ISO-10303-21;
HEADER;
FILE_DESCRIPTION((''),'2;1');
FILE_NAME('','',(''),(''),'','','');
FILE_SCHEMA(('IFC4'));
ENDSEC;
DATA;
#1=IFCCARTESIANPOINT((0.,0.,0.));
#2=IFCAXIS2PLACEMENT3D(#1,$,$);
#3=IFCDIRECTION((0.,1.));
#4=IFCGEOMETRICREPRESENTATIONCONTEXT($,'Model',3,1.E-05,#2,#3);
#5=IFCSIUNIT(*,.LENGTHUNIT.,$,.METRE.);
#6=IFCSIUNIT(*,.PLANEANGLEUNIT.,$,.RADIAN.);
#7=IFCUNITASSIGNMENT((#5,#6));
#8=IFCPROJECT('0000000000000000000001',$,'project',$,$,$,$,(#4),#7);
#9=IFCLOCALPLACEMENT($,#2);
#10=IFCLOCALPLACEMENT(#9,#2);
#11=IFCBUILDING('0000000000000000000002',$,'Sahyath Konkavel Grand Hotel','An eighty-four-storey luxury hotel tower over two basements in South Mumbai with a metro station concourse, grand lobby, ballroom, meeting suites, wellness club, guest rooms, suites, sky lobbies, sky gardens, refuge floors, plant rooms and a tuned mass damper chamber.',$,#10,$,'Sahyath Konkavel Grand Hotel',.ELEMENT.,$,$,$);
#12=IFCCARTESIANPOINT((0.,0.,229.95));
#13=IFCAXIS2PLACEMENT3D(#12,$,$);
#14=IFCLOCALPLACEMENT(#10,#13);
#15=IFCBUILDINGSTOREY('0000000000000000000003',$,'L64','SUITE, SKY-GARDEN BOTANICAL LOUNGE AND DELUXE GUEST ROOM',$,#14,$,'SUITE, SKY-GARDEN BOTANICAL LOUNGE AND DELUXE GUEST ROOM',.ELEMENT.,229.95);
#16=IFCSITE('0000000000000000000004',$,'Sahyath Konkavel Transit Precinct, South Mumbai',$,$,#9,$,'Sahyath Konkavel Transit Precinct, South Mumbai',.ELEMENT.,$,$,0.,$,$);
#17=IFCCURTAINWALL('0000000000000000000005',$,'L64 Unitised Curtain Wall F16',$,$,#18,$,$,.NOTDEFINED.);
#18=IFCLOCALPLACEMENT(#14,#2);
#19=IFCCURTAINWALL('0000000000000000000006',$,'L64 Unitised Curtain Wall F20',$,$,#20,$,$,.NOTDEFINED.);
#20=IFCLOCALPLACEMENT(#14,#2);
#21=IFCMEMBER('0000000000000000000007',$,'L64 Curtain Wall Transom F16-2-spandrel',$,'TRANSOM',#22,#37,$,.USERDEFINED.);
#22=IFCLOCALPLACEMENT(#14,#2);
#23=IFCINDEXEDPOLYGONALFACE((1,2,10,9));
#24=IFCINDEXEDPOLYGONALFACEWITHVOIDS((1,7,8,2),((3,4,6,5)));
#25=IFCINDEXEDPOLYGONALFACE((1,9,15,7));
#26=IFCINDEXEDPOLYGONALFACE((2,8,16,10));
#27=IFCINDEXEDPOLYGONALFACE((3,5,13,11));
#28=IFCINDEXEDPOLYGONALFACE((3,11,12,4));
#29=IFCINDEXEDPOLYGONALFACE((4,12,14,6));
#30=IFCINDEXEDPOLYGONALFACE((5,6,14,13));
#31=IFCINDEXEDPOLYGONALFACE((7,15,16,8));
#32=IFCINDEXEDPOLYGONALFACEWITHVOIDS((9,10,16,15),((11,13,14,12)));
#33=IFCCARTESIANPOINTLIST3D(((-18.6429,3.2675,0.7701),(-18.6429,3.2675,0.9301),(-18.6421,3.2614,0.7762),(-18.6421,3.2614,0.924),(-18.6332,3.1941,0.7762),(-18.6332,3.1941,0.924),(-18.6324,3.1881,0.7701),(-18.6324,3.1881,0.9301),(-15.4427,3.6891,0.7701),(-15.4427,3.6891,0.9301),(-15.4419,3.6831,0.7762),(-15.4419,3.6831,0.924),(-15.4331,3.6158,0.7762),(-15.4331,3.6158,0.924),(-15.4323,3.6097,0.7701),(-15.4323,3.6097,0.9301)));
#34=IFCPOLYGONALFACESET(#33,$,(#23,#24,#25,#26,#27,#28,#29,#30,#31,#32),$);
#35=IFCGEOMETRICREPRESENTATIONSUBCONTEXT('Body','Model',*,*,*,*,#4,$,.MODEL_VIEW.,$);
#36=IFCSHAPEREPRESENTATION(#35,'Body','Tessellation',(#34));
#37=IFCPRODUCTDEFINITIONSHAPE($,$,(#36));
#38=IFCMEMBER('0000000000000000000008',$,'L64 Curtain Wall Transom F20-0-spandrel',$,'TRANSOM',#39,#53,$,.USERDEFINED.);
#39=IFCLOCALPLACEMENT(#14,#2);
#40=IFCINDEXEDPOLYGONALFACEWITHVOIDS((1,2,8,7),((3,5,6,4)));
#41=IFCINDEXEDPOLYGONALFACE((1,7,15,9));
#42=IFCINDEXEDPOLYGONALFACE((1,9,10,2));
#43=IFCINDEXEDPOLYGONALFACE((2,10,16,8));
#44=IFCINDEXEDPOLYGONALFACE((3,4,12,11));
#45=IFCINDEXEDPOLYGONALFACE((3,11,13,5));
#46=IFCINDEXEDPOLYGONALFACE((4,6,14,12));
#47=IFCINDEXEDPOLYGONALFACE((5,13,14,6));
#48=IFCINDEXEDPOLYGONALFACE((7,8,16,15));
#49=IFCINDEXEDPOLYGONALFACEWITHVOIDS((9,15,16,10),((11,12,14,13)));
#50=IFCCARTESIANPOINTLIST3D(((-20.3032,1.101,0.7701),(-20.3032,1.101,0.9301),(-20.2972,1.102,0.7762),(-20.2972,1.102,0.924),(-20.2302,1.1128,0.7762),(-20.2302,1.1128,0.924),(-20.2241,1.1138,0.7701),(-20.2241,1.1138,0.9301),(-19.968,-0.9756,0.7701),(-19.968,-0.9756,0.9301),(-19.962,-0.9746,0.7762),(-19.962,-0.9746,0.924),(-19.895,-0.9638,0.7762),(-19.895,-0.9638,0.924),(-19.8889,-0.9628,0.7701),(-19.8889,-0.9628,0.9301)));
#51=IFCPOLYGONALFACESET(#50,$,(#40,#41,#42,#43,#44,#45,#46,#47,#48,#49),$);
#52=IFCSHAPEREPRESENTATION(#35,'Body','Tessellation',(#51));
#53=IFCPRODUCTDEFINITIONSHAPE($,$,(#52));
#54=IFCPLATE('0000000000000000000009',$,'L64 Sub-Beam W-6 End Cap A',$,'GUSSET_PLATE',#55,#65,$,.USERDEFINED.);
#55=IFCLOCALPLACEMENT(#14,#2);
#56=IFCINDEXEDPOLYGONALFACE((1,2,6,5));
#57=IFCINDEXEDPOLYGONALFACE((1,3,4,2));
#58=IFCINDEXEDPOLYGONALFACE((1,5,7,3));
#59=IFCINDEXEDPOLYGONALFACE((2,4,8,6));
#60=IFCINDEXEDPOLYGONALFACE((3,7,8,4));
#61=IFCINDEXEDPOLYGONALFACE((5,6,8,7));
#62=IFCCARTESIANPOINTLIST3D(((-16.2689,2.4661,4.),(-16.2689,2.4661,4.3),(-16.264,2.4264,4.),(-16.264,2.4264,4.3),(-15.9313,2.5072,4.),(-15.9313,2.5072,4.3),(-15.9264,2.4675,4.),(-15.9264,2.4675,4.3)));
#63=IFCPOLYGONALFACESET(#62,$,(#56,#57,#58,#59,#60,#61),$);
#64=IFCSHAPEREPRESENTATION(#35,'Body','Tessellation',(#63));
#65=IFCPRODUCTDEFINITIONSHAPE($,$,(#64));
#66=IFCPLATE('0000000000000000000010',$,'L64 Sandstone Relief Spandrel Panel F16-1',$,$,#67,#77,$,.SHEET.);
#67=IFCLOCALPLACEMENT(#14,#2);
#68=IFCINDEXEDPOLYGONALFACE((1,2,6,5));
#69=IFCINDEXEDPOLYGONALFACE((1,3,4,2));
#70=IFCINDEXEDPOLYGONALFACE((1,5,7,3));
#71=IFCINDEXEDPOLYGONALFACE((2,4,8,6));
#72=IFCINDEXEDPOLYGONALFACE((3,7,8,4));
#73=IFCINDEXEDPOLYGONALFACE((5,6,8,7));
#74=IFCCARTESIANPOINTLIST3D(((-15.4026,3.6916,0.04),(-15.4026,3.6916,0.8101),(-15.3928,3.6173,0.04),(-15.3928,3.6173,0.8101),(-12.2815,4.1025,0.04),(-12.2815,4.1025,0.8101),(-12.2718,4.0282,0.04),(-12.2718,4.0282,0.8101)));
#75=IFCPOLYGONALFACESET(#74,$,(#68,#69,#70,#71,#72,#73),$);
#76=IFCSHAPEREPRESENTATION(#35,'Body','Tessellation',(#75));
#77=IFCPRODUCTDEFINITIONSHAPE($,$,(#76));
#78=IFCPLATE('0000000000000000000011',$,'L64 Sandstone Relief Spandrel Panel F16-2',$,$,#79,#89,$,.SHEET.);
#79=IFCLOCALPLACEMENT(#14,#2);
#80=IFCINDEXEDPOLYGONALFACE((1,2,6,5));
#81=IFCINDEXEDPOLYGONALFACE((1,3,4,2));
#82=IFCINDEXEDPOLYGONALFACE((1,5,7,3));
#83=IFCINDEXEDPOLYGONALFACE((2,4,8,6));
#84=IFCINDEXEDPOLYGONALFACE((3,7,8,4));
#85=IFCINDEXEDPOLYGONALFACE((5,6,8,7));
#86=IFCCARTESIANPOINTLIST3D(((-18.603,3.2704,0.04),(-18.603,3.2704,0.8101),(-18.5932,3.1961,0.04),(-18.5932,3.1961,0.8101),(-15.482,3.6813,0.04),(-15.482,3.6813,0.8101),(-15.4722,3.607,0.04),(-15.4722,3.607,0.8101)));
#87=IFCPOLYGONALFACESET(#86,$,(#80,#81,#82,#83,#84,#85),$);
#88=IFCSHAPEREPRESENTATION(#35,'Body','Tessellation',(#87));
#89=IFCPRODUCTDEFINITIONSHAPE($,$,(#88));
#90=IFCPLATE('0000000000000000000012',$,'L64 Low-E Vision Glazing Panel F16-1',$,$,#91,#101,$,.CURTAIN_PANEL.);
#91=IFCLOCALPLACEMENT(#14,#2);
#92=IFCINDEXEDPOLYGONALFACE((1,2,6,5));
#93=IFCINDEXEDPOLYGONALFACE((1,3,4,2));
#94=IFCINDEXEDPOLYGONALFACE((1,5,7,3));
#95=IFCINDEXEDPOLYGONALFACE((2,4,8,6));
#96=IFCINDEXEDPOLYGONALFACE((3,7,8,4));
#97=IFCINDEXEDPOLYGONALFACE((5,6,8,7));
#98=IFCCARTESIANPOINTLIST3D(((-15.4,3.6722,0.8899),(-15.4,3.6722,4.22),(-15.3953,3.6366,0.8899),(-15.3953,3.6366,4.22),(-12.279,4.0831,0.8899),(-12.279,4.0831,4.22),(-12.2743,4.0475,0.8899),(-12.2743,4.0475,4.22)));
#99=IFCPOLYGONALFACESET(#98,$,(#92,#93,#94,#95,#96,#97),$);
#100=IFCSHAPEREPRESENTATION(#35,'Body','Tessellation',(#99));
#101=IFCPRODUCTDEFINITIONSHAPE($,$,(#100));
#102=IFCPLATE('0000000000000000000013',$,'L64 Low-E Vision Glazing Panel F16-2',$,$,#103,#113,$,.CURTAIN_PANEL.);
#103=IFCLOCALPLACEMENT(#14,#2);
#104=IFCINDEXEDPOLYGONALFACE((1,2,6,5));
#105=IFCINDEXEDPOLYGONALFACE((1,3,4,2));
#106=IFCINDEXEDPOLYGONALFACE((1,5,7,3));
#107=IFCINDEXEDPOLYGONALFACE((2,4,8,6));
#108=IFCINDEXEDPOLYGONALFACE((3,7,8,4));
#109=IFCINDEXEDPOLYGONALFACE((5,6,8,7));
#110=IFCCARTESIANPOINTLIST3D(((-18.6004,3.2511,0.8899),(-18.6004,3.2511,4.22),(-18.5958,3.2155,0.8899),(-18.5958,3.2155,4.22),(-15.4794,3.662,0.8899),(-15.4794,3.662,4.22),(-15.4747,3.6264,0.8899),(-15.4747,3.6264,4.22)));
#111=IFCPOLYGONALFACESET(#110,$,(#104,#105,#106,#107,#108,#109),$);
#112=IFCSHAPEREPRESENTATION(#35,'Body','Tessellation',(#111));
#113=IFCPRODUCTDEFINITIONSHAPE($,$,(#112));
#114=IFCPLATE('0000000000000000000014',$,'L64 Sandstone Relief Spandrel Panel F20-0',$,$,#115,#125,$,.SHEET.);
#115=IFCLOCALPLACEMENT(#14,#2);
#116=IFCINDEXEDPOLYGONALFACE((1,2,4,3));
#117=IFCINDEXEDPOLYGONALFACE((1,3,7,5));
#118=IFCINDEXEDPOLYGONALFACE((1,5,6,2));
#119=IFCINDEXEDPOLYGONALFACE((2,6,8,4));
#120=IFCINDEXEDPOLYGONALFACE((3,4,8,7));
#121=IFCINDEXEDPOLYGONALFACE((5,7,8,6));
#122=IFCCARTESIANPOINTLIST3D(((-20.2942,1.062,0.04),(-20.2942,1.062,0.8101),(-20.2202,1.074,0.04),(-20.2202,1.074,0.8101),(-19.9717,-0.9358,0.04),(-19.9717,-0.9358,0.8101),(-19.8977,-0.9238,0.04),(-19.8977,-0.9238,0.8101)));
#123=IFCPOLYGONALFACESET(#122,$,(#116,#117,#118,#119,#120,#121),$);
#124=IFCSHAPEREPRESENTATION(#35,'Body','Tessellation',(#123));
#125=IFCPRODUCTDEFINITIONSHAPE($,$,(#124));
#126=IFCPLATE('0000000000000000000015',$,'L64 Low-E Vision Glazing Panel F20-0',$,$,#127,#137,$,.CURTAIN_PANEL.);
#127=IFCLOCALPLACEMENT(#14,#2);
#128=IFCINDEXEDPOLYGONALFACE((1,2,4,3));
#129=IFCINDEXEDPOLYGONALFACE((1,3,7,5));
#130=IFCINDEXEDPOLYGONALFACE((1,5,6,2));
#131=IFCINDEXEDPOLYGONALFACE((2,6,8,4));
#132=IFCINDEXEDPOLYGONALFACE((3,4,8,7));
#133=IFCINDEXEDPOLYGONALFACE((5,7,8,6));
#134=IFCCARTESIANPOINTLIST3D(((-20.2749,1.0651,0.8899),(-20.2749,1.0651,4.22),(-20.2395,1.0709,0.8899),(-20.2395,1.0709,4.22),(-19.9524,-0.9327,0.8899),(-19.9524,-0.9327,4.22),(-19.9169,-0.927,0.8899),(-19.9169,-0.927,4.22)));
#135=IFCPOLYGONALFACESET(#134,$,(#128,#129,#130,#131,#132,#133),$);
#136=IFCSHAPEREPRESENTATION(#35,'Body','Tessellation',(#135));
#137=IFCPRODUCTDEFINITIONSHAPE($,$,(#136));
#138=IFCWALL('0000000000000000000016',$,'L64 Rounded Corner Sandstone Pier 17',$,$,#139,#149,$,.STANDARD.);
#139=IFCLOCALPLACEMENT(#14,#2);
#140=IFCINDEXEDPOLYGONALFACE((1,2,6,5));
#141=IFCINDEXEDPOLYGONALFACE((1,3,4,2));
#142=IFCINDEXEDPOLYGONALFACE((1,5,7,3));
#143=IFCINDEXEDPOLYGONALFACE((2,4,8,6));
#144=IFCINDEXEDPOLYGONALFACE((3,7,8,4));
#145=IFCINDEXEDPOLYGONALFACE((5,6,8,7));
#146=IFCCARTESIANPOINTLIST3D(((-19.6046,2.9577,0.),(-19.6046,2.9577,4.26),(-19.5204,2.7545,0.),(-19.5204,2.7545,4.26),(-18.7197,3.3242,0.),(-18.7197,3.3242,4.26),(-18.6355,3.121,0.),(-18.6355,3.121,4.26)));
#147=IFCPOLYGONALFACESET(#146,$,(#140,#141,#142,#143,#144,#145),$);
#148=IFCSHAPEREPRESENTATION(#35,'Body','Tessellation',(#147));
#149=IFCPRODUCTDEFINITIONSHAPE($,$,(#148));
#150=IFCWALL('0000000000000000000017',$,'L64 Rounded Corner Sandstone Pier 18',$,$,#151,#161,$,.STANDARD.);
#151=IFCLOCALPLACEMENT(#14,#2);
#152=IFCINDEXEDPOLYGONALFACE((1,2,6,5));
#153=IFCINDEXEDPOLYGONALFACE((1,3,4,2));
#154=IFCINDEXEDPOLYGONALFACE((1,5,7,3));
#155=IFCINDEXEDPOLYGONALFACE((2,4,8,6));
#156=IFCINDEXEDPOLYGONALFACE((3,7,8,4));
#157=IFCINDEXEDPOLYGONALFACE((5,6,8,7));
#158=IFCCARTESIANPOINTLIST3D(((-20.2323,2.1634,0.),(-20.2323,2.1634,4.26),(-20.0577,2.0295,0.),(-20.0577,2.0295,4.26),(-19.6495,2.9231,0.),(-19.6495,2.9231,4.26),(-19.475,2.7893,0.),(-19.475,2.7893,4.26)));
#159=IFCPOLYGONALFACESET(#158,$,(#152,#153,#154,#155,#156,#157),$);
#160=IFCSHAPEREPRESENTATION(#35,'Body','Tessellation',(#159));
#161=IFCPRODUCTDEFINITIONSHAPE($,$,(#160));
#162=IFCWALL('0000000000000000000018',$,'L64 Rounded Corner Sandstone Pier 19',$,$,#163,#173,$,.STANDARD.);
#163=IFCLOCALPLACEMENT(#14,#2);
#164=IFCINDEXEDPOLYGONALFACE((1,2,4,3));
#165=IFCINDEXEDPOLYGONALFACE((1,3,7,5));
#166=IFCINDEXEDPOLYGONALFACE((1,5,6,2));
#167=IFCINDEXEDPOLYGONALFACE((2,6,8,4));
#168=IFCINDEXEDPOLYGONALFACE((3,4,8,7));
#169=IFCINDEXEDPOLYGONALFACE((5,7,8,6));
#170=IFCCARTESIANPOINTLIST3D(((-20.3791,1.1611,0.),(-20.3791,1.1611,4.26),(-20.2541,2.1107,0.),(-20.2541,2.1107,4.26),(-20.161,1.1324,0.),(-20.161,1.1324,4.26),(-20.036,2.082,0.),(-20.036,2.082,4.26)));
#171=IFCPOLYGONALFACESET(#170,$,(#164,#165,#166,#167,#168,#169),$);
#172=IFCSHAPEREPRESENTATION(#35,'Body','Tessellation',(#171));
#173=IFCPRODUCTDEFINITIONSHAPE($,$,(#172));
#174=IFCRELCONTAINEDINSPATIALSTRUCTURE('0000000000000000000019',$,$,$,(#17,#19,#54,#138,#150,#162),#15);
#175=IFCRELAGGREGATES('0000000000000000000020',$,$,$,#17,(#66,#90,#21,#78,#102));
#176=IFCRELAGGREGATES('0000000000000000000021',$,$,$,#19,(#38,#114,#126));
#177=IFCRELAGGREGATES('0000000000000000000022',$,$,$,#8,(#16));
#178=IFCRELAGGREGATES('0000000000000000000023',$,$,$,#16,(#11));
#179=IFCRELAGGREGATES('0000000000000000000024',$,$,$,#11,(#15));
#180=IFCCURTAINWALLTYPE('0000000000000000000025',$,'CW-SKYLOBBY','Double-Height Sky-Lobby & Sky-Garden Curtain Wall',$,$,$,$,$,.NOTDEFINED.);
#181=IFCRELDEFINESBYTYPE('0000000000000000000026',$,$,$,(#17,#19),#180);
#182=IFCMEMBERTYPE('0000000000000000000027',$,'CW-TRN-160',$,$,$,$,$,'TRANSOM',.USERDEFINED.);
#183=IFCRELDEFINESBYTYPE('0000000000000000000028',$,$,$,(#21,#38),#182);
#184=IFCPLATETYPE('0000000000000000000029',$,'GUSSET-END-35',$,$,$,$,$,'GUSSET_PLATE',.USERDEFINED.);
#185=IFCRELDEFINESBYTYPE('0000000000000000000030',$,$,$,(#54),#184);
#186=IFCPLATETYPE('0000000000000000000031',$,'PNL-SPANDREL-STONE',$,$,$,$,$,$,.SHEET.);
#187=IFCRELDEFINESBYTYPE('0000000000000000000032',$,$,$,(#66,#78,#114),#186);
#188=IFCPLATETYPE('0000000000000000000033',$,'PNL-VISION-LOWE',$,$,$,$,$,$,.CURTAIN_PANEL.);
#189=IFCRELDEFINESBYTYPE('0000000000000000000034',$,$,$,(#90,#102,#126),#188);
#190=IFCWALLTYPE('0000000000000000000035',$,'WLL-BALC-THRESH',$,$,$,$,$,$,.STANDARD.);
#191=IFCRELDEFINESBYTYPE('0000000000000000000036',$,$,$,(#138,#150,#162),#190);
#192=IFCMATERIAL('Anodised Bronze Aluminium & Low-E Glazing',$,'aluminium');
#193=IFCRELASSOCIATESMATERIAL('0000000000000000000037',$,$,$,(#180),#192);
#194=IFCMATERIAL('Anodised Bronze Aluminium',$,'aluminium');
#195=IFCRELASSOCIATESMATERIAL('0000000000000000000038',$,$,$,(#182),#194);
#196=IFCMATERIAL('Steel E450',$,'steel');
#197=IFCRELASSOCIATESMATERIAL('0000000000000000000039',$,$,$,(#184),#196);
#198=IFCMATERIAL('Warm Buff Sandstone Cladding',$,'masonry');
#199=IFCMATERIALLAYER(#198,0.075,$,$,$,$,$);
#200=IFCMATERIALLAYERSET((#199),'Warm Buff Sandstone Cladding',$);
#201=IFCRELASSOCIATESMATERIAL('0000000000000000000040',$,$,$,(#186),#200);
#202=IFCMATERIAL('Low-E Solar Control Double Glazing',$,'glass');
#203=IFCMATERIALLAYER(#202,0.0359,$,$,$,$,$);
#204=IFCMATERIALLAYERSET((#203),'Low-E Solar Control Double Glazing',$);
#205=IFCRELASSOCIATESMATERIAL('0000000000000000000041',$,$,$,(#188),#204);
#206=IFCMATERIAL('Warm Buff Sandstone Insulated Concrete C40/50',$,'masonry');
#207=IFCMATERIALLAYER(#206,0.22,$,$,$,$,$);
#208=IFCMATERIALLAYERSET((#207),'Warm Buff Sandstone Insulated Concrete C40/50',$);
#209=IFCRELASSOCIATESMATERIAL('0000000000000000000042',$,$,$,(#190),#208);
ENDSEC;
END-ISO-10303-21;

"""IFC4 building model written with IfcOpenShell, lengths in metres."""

from ifc_helpers import new_model, si_unit, direction, frame, frame_2d, origin, origin_2d, place, context, subcontext, project, spatial, rectangle, hollow_rectangle, extrude, source, transform, mapped, material, layer, layer_set, material_profile, profile_set, type_object, element, aggregate, save


model = new_model("IFC4")

# Units and contexts
model_context = context("Model", 3, precision=1e-05, world=origin(), true_north=direction((0.0, 1.0)))
body_context = subcontext(model_context, "Body", "Model", "MODEL_VIEW")
ifc_project = project(units=[si_unit("LENGTHUNIT", "METRE"), si_unit("PLANEANGLEUNIT", "RADIAN")], contexts=[model_context])

# Site, building, storey
site_placement = place(None, origin())
site = spatial("IfcSite", under=ifc_project, at=site_placement, Name="Sahyath Konkavel Transit Precinct, South Mumbai", LongName="Sahyath Konkavel Transit Precinct, South Mumbai", CompositionType="ELEMENT", RefElevation=0.0)
building_placement = place(site_placement, origin())
building = spatial("IfcBuilding", under=site, at=building_placement, Name="Sahyath Konkavel Grand Hotel", Description="An eighty-four-storey luxury hotel tower over two basements in South Mumbai with a metro station concourse, grand lobby, ballroom, meeting suites, wellness club, guest rooms, suites, sky lobbies, sky gardens, refuge floors, plant rooms and a tuned mass damper chamber.", LongName="Sahyath Konkavel Grand Hotel", CompositionType="ELEMENT")
storey_placement = place(building_placement, frame((0.0, 0.0, 229.95)))
storey = spatial("IfcBuildingStorey", under=building, at=storey_placement, Name="L64", Description="SUITE, SKY-GARDEN BOTANICAL LOUNGE AND DELUXE GUEST ROOM", LongName="SUITE, SKY-GARDEN BOTANICAL LOUNGE AND DELUXE GUEST ROOM", CompositionType="ELEMENT", Elevation=229.95)

# Curtain wall
ifc_material_1 = material(Name="Anodised Bronze Aluminium & Low-E Glazing", Category="aluminium")
curtain_wall_type = type_object("IfcCurtainWallType", Name="CW-SKYLOBBY", Description="Double-Height Sky-Lobby & Sky-Garden Curtain Wall", PredefinedType="NOTDEFINED", material=ifc_material_1)
curtain_wall_1_placement = place(storey_placement, origin())
curtain_wall_1 = element("IfcCurtainWall", 1, at=curtain_wall_1_placement, inside=storey, type_object=curtain_wall_type, Name="L64 Unitised Curtain Wall F16", PredefinedType="NOTDEFINED")
ifc_material_2 = material(Name="Anodised Bronze Aluminium", Category="aluminium")

# Curtain wall
curtain_wall_2_placement = place(storey_placement, origin())
curtain_wall_2 = element("IfcCurtainWall", 2, at=curtain_wall_2_placement, inside=storey, type_object=curtain_wall_type, Name="L64 Unitised Curtain Wall F20", PredefinedType="NOTDEFINED")

# Members
ifc_material_profile_1 = material_profile(ifc_material_2, hollow_rectangle(XDim=0.0801, YDim=0.1599, WallThickness=0.0061, at=origin_2d()), Name="RHS 160x80x6")
ifc_profile_set_1 = profile_set([ifc_material_profile_1], Name="Anodised Bronze Aluminium")
member_type_1 = type_object("IfcMemberType", Name="CW-TRN-160", ElementType="TRANSOM", PredefinedType="USERDEFINED", material=ifc_profile_set_1)
shared_shape_1 = source(origin(), body_context, "Body", "SweptSolid", [
    extrude(hollow_rectangle(XDim=0.0801, YDim=0.1599, WallThickness=0.0061, at=origin_2d()), origin(), (0.0, 0.0, 1.0), 3.2278),
])
member_1_placement = place(storey_placement, frame((-15.4375, 3.6494, 0.8501), z_axis=(-0.991432, -0.130623, 0.0), x_axis=(0.130623, -0.991432, 0.0)))
member_1 = element("IfcMember", 3, at=member_1_placement, type_object=member_type_1, Name="L64 Curtain Wall Transom F16-2-spandrel", ObjectType="TRANSOM", PredefinedType="USERDEFINED", context=body_context, shape_type="MappedRepresentation", body=[
    mapped(shared_shape_1, transform((0.0, 0.0, 0.0), scale=1.0)),
])
shared_shape_2 = source(origin(), body_context, "Body", "SweptSolid", [
    extrude(hollow_rectangle(XDim=0.0801, YDim=0.1599, WallThickness=0.0061, at=origin_2d()), origin(), (0.0, 0.0, 1.0), 2.1035),
])
member_2_placement = place(storey_placement, frame((-20.2637, 1.1074, 0.8501), z_axis=(0.159353, -0.987222, 0.0), x_axis=(0.987222, 0.159353, 0.0)))
member_2 = element("IfcMember", 4, at=member_2_placement, type_object=member_type_1, Name="L64 Curtain Wall Transom F20-0-spandrel", ObjectType="TRANSOM", PredefinedType="USERDEFINED", context=body_context, shape_type="MappedRepresentation", body=[
    mapped(shared_shape_2, transform((0.0, 0.0, 0.0), scale=1.0)),
])

# Plates
ifc_material_3 = material(Name="Steel E450", Category="steel")
plate_type_1 = type_object("IfcPlateType", Name="GUSSET-END-35", ElementType="GUSSET_PLATE", PredefinedType="USERDEFINED", material=ifc_material_3)
shared_shape_3 = source(origin(), body_context, "Body", "SweptSolid", [
    extrude(rectangle(XDim=0.04, YDim=0.3401, at=origin_2d()), origin(), (0.0, 0.0, 1.0), 0.3),
])
plate_1_placement = place(storey_placement, frame((-16.0977, 2.4668, 4.0), z_axis=(0.0, 0.0, 1.0), x_axis=(0.120743, -0.992684, 0.0)))
element("IfcPlate", 5, at=plate_1_placement, inside=storey, type_object=plate_type_1, Name="L64 Sub-Beam W-6 End Cap A", ObjectType="GUSSET_PLATE", PredefinedType="USERDEFINED", context=body_context, shape_type="MappedRepresentation", body=[
    mapped(shared_shape_3, transform((0.0, 0.0, 0.0), scale=1.0)),
])
ifc_material_4 = material(Name="Warm Buff Sandstone Cladding", Category="masonry")
ifc_layer_1 = layer(ifc_material_4, 0.075)
ifc_layer_set_1 = layer_set([ifc_layer_1], Name="Warm Buff Sandstone Cladding")
plate_type_2 = type_object("IfcPlateType", Name="PNL-SPANDREL-STONE", PredefinedType="SHEET", material=ifc_layer_set_1)
shared_shape_4 = source(origin(), body_context, "Body", "SweptSolid", [
    extrude(rectangle(XDim=3.1479, YDim=0.075, at=origin_2d()), origin(), (0.0, 0.0, 1.0), 0.77),
])
plate_2_placement = place(storey_placement, frame((-13.8372, 3.8599, 0.04), z_axis=(0.0, 0.0, 1.0), x_axis=(-0.991445, -0.130526, 0.0)))
plate_2 = element("IfcPlate", 6, at=plate_2_placement, type_object=plate_type_2, Name="L64 Sandstone Relief Spandrel Panel F16-1", PredefinedType="SHEET", context=body_context, shape_type="MappedRepresentation", body=[
    mapped(shared_shape_4, transform((0.0, 0.0, 0.0), scale=1.0)),
])
plate_3_placement = place(storey_placement, frame((-17.0376, 3.4387, 0.04), z_axis=(0.0, 0.0, 1.0), x_axis=(-0.991445, -0.130526, 0.0)))
plate_3 = element("IfcPlate", 7, at=plate_3_placement, type_object=plate_type_2, Name="L64 Sandstone Relief Spandrel Panel F16-2", PredefinedType="SHEET", context=body_context, shape_type="MappedRepresentation", body=[
    mapped(shared_shape_4, transform((0.0, 0.0, 0.0), scale=1.0)),
])
ifc_material_5 = material(Name="Low-E Solar Control Double Glazing", Category="glass")
ifc_layer_2 = layer(ifc_material_5, 0.0359)
ifc_layer_set_2 = layer_set([ifc_layer_2], Name="Low-E Solar Control Double Glazing")
plate_type_3 = type_object("IfcPlateType", Name="PNL-VISION-LOWE", PredefinedType="CURTAIN_PANEL", material=ifc_layer_set_2)
shared_shape_5 = source(origin(), body_context, "Body", "SweptSolid", [
    extrude(rectangle(XDim=3.1479, YDim=0.0359, at=origin_2d()), origin(), (0.0, 0.0, 1.0), 3.3301),
])
plate_4_placement = place(storey_placement, frame((-13.8372, 3.8599, 0.8899), z_axis=(0.0, 0.0, 1.0), x_axis=(-0.991445, -0.130526, 0.0)))
plate_4 = element("IfcPlate", 8, at=plate_4_placement, type_object=plate_type_3, Name="L64 Low-E Vision Glazing Panel F16-1", PredefinedType="CURTAIN_PANEL", context=body_context, shape_type="MappedRepresentation", body=[
    mapped(shared_shape_5, transform((0.0, 0.0, 0.0), scale=1.0)),
])
plate_5_placement = place(storey_placement, frame((-17.0376, 3.4387, 0.8899), z_axis=(0.0, 0.0, 1.0), x_axis=(-0.991445, -0.130526, 0.0)))
plate_5 = element("IfcPlate", 9, at=plate_5_placement, type_object=plate_type_3, Name="L64 Low-E Vision Glazing Panel F16-2", PredefinedType="CURTAIN_PANEL", context=body_context, shape_type="MappedRepresentation", body=[
    mapped(shared_shape_5, transform((0.0, 0.0, 0.0), scale=1.0)),
])
aggregate(curtain_wall_1, [plate_2, plate_4, member_1, plate_3, plate_5])
shared_shape_6 = source(origin(), body_context, "Body", "SweptSolid", [
    extrude(rectangle(XDim=2.0237, YDim=0.075, at=origin_2d()), origin(), (0.0, 0.0, 1.0), 0.77),
])
plate_6_placement = place(storey_placement, frame((-20.0959, 0.0691, 0.04), z_axis=(0.0, 0.0, 1.0), x_axis=(0.159399, -0.987214, 0.0)))
plate_6 = element("IfcPlate", 10, at=plate_6_placement, type_object=plate_type_2, Name="L64 Sandstone Relief Spandrel Panel F20-0", PredefinedType="SHEET", context=body_context, shape_type="MappedRepresentation", body=[
    mapped(shared_shape_6, transform((0.0, 0.0, 0.0), scale=1.0)),
])
shared_shape_7 = source(origin(), body_context, "Body", "SweptSolid", [
    extrude(rectangle(XDim=2.0237, YDim=0.0359, at=origin_2d()), origin(), (0.0, 0.0, 1.0), 3.3301),
])
plate_7_placement = place(storey_placement, frame((-20.0959, 0.0691, 0.8899), z_axis=(0.0, 0.0, 1.0), x_axis=(0.159399, -0.987214, 0.0)))
plate_7 = element("IfcPlate", 11, at=plate_7_placement, type_object=plate_type_3, Name="L64 Low-E Vision Glazing Panel F20-0", PredefinedType="CURTAIN_PANEL", context=body_context, shape_type="MappedRepresentation", body=[
    mapped(shared_shape_7, transform((0.0, 0.0, 0.0), scale=1.0)),
])
aggregate(curtain_wall_2, [member_2, plate_6, plate_7])

# Walls
ifc_material_6 = material(Name="Warm Buff Sandstone Insulated Concrete C40/50", Category="masonry")
ifc_layer_3 = layer(ifc_material_6, 0.22)
ifc_layer_set_3 = layer_set([ifc_layer_3], Name="Warm Buff Sandstone Insulated Concrete C40/50")
wall_type_1 = type_object("IfcWallType", Name="WLL-BALC-THRESH", PredefinedType="STANDARD", material=ifc_layer_set_3)
wall_1_placement = place(storey_placement, frame((-18.6775, 3.2227, 0.0), z_axis=(0.0, 0.0, 1.0), x_axis=(-0.923889, -0.38266, 0.0)))
element("IfcWall", 12, at=wall_1_placement, inside=storey, type_object=wall_type_1, Name="L64 Rounded Corner Sandstone Pier 17", PredefinedType="STANDARD", context=body_context, shape_type="SweptSolid", body=[
    extrude(rectangle(XDim=0.9578, YDim=0.22, at=frame_2d((0.479, 0.0))), origin(), (0.0, 0.0, 1.0), 4.26),
])
wall_2_placement = place(storey_placement, frame((-19.5623, 2.8562, 0.0), z_axis=(0.0, 0.0, 1.0), x_axis=(-0.608614, -0.793467, 0.0)))
element("IfcWall", 13, at=wall_2_placement, inside=storey, type_object=wall_type_1, Name="L64 Rounded Corner Sandstone Pier 18", PredefinedType="STANDARD", context=body_context, shape_type="SweptSolid", body=[
    extrude(rectangle(XDim=0.9575, YDim=0.22, at=frame_2d((0.4788, 0.0))), origin(), (0.0, 0.0, 1.0), 4.26),
])
wall_3_placement = place(storey_placement, frame((-20.145, 2.0964, 0.0), z_axis=(0.0, 0.0, 1.0), x_axis=(-0.130527, -0.991445, 0.0)))
element("IfcWall", 14, at=wall_3_placement, inside=storey, type_object=wall_type_1, Name="L64 Rounded Corner Sandstone Pier 19", PredefinedType="STANDARD", context=body_context, shape_type="SweptSolid", body=[
    extrude(rectangle(XDim=0.9578, YDim=0.22, at=frame_2d((0.479, 0.0))), origin(), (0.0, 0.0, 1.0), 4.26),
])

save(model, "model.ifc")
